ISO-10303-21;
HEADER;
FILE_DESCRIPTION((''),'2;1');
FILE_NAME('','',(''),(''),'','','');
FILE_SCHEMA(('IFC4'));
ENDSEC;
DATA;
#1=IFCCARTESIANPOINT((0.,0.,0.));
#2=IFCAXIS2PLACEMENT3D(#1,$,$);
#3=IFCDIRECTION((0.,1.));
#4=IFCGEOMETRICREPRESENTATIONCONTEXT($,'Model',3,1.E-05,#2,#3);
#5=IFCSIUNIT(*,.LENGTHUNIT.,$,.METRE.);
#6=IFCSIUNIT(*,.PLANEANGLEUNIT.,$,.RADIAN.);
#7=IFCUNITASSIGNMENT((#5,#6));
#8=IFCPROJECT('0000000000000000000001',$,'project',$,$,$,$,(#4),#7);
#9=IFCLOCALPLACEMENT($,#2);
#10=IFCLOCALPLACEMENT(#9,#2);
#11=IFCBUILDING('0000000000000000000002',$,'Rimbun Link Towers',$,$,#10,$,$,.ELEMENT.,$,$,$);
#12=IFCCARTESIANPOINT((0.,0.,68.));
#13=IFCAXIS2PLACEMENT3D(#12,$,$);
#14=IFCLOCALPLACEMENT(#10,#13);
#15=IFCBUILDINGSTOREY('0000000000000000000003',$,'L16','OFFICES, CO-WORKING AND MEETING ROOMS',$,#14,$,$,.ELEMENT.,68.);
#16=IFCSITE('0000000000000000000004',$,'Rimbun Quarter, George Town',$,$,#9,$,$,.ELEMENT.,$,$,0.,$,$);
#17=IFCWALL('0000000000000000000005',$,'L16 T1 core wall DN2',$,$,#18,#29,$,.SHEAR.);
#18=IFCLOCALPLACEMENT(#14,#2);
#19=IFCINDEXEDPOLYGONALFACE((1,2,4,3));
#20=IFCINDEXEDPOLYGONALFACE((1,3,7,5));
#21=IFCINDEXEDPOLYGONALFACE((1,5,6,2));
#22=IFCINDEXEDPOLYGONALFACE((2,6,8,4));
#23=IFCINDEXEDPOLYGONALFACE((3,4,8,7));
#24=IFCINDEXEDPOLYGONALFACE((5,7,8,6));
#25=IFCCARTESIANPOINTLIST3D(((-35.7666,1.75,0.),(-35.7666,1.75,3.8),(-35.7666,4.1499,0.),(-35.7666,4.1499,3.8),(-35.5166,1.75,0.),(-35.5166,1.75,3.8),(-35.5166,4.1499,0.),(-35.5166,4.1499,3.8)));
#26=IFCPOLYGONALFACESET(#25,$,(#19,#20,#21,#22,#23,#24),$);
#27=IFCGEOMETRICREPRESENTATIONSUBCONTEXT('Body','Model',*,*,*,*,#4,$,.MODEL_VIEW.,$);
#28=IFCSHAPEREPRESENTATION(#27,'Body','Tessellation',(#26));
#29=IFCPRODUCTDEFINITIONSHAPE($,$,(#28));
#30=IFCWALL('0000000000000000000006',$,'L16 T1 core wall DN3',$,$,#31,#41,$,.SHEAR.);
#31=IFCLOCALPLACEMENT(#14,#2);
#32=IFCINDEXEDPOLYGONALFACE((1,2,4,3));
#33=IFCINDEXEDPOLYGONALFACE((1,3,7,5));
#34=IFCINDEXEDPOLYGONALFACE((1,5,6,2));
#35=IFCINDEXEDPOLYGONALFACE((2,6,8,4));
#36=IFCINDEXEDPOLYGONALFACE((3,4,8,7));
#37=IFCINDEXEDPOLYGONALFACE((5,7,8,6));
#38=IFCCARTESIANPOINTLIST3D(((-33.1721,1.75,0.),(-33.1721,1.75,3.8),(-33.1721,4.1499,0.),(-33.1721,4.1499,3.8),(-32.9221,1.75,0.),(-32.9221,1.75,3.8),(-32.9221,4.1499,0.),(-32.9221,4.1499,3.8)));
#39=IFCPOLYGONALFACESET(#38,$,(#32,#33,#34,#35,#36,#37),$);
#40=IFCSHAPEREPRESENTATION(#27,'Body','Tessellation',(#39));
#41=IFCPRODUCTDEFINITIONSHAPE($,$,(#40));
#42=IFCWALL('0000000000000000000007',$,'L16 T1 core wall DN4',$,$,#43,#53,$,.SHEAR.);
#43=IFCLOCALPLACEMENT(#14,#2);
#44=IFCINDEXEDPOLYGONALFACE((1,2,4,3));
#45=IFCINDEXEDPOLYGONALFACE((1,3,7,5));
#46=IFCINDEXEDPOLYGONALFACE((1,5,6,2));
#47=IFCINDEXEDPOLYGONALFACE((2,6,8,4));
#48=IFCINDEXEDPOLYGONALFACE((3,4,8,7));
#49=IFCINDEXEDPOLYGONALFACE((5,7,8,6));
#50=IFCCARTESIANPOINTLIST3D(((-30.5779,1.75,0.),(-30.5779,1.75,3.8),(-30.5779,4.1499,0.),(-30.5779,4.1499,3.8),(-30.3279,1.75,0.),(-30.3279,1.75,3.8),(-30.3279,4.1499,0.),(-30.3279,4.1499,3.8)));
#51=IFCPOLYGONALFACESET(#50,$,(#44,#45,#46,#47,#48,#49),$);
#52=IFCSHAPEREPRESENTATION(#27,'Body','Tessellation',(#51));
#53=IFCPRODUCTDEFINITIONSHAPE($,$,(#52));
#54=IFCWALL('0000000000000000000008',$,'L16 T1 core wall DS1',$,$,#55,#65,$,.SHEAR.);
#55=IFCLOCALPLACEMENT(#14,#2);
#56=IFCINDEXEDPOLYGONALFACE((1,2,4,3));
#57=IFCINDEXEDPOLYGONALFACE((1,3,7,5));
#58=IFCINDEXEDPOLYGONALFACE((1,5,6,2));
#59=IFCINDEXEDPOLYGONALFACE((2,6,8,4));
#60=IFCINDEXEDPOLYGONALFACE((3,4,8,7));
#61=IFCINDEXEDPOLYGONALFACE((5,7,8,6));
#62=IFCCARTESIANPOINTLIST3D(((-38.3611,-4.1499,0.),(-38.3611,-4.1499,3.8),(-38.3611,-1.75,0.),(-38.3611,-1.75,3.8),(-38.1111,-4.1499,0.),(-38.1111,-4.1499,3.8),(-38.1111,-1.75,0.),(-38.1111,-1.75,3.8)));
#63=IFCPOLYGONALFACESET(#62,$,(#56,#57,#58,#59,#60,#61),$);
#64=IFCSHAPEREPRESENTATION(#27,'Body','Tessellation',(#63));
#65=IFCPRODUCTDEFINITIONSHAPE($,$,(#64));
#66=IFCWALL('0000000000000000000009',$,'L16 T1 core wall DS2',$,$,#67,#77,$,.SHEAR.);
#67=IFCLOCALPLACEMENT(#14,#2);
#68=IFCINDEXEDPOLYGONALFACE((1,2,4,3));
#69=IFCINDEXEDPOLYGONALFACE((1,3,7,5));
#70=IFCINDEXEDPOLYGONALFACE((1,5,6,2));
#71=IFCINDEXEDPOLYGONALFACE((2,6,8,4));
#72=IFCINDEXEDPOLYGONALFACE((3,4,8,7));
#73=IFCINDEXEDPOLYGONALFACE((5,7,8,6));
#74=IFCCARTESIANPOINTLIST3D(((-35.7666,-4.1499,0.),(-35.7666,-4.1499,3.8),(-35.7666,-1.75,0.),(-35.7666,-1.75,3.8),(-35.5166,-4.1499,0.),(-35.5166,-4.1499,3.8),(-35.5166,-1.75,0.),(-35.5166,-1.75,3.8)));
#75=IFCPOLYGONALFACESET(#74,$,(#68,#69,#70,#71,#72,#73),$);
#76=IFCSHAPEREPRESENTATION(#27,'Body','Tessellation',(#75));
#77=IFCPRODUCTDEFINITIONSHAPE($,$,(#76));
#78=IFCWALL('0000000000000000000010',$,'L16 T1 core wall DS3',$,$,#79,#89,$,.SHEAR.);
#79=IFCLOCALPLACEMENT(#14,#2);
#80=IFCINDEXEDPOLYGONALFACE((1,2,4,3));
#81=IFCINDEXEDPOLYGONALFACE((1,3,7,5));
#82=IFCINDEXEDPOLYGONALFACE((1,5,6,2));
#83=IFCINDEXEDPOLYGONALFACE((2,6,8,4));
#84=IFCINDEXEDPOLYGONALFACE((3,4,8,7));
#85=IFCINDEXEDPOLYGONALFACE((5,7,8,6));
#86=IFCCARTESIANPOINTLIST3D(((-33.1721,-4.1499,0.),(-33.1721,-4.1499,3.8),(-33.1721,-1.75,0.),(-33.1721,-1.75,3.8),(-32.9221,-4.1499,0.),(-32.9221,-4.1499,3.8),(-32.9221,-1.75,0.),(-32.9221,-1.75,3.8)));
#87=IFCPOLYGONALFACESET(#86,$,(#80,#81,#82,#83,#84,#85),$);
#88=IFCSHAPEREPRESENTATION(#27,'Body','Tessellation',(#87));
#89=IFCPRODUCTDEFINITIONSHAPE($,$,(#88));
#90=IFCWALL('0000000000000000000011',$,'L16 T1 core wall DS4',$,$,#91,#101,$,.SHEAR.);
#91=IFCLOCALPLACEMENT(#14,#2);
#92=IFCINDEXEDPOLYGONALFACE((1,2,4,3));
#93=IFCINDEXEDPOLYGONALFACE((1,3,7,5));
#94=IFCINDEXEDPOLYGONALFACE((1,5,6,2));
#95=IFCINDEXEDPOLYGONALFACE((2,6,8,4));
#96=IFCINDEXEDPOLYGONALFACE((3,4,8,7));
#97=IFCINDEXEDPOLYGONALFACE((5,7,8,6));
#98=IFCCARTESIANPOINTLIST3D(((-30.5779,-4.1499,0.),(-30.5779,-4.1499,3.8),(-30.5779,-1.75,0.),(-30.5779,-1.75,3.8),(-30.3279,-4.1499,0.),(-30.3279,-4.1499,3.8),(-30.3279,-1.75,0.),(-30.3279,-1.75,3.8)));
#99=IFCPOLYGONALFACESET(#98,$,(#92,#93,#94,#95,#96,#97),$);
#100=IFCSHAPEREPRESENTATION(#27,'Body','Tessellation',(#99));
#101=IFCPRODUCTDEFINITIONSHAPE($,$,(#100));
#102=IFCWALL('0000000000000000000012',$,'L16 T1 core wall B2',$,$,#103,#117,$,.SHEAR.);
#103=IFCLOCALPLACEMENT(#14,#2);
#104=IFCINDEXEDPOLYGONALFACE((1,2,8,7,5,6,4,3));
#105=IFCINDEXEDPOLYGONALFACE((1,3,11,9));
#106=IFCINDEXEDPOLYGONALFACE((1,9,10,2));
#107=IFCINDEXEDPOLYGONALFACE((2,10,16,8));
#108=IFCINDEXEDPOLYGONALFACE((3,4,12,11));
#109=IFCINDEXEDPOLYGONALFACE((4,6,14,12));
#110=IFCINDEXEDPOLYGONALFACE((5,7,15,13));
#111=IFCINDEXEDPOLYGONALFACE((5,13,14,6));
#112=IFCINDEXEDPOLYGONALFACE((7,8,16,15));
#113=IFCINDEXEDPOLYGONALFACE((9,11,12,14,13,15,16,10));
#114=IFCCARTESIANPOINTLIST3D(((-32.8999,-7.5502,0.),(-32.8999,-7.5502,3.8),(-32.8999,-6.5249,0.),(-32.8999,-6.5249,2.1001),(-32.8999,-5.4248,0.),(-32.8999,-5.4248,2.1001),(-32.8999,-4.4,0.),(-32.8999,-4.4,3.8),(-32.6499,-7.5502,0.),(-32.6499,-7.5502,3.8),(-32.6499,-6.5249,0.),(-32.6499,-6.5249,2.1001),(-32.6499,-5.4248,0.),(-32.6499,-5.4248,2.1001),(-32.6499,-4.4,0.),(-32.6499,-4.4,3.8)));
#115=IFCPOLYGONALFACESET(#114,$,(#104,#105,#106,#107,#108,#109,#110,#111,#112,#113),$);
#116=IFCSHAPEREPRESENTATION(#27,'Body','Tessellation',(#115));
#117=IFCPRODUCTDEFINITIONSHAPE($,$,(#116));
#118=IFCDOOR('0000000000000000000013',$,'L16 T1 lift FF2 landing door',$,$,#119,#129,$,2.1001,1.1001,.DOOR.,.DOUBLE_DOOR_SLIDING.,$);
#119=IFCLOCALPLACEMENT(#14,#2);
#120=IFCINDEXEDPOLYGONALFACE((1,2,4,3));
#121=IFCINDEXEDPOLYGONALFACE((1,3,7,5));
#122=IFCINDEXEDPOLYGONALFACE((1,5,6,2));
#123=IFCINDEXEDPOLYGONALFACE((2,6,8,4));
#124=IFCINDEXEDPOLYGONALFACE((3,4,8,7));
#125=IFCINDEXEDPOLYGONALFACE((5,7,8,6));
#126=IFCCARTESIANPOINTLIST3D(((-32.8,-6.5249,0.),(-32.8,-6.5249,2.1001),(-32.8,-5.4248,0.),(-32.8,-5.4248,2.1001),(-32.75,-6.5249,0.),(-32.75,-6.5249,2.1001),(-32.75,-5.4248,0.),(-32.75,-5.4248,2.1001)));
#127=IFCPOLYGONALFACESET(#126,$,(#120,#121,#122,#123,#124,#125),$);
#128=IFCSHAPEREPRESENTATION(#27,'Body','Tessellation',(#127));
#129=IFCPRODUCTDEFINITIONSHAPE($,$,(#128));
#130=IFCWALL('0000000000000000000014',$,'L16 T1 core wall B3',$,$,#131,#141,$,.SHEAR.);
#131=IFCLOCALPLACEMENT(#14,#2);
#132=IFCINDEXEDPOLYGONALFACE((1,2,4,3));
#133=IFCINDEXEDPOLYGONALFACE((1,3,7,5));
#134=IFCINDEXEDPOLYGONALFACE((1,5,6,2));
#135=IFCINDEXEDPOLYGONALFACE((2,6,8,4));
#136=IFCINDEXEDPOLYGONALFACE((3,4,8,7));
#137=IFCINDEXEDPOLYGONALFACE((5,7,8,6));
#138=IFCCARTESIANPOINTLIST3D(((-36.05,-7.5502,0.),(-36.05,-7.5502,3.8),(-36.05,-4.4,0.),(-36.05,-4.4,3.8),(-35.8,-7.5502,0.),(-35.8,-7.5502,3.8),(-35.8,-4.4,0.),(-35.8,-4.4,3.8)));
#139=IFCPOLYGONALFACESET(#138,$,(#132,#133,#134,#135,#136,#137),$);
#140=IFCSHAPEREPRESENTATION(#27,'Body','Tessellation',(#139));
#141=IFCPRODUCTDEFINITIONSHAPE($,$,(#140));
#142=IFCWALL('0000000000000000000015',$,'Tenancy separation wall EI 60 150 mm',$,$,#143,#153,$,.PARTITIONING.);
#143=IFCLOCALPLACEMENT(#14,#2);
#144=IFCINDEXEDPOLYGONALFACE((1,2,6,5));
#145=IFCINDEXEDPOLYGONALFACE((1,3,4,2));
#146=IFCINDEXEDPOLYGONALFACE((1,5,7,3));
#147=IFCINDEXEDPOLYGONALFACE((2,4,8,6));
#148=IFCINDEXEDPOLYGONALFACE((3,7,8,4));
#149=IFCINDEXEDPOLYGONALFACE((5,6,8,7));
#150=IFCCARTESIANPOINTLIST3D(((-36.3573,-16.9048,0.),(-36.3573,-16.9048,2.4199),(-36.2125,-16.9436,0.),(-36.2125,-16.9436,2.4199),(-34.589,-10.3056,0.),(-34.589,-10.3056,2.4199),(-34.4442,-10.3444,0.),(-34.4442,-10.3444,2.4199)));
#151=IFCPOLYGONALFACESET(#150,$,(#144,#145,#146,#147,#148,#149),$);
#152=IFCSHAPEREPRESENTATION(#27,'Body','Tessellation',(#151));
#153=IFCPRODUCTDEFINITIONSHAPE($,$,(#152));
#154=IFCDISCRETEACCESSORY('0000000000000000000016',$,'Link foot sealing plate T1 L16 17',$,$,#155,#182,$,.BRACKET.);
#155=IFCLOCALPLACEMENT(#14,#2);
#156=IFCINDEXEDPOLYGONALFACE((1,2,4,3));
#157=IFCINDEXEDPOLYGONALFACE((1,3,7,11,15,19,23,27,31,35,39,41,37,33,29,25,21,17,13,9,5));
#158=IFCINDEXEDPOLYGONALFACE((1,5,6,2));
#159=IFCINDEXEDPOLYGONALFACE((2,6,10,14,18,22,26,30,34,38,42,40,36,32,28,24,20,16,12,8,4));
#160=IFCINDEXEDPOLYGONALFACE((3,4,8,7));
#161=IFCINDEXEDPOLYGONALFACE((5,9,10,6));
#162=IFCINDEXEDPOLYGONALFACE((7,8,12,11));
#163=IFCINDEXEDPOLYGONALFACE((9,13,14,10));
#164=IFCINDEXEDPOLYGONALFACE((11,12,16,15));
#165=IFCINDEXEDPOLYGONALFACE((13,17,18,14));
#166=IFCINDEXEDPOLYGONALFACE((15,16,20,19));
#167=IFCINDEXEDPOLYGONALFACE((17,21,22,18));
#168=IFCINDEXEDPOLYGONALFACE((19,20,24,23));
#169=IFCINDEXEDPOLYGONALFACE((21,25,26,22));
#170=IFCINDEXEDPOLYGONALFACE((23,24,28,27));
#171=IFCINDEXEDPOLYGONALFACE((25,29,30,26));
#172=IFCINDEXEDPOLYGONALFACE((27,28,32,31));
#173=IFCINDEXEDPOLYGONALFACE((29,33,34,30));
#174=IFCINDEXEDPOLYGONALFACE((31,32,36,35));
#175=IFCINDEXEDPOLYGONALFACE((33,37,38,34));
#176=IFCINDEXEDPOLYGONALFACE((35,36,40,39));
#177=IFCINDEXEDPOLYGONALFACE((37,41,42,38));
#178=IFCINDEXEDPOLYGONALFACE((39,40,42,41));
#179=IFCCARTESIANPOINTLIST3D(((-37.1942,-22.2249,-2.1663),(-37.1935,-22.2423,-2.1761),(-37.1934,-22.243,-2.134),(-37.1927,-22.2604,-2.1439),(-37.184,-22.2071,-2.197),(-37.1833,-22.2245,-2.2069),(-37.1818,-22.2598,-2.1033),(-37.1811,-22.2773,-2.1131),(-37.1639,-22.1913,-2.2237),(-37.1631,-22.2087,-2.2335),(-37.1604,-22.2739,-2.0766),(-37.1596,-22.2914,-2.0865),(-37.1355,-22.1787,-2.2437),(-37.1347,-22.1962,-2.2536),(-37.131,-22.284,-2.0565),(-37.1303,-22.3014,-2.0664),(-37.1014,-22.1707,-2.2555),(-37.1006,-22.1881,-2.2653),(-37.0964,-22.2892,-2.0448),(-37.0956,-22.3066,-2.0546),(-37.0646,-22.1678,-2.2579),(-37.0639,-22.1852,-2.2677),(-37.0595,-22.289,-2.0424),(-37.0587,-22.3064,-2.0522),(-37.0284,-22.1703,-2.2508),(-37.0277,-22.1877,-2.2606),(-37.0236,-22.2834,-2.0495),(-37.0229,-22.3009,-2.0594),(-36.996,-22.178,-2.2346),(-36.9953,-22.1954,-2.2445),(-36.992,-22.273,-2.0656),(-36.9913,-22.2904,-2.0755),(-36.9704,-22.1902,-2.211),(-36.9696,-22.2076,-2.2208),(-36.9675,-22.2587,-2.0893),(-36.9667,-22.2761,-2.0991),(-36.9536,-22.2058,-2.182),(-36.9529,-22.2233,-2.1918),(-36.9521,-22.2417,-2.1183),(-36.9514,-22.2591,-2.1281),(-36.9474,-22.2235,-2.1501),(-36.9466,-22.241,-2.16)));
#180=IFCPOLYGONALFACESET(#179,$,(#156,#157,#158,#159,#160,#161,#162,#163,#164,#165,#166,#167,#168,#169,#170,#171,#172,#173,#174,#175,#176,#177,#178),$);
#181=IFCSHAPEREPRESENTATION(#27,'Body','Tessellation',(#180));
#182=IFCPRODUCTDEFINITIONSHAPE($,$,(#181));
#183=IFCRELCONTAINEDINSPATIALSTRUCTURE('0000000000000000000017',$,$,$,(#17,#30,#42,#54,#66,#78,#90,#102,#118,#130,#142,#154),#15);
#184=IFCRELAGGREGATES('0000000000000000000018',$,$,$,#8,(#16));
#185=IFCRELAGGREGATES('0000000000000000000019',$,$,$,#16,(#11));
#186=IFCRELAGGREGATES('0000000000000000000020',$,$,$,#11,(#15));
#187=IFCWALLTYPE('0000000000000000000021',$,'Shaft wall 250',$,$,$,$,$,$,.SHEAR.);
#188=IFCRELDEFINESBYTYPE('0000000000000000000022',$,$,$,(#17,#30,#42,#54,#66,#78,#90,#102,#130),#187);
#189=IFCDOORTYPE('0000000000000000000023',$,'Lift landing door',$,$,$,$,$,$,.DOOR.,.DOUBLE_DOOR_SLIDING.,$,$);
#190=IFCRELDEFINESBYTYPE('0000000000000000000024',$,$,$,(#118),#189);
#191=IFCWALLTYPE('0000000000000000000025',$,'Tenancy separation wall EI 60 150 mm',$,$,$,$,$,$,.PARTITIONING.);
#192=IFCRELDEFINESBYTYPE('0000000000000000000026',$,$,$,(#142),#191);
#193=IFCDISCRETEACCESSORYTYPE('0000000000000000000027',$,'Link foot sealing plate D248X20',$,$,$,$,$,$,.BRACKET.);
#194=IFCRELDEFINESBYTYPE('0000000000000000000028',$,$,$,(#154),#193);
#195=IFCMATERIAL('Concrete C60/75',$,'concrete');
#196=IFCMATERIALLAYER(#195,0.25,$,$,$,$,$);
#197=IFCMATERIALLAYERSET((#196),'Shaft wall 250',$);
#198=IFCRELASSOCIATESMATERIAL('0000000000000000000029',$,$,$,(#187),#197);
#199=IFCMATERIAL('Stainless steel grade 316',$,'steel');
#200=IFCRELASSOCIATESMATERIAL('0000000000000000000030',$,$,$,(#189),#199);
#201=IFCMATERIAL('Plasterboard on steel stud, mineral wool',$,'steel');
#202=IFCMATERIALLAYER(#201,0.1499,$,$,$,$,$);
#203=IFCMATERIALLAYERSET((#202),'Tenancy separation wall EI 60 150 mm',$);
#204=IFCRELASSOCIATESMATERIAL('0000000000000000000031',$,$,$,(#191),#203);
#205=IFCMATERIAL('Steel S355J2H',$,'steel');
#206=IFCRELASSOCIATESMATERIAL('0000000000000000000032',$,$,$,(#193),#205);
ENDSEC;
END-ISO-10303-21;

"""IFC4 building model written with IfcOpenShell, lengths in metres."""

from ifc_helpers import new_model, si_unit, direction, frame, frame_2d, origin, origin_2d, place, context, subcontext, project, spatial, rectangle, circle, extrude, material, layer, layer_set, material_profile, profile_set, type_object, element, fill, save


model = new_model("IFC4")

# Units and contexts
model_context = context("Model", 3, precision=1e-05, world=origin(), true_north=direction((0.0, 1.0)))
body_context = subcontext(model_context, "Body", "Model", "MODEL_VIEW")
ifc_project = project(units=[si_unit("LENGTHUNIT", "METRE"), si_unit("PLANEANGLEUNIT", "RADIAN")], contexts=[model_context])

# Site, building, storey
site_placement = place(None, origin())
site = spatial("IfcSite", under=ifc_project, at=site_placement, Name="Rimbun Quarter, George Town", CompositionType="ELEMENT", RefElevation=0.0)
building_placement = place(site_placement, origin())
building = spatial("IfcBuilding", under=site, at=building_placement, Name="Rimbun Link Towers", CompositionType="ELEMENT")
storey_placement = place(building_placement, frame((0.0, 0.0, 68.0)))
storey = spatial("IfcBuildingStorey", under=building, at=storey_placement, Name="L16", Description="OFFICES, CO-WORKING AND MEETING ROOMS", CompositionType="ELEMENT", Elevation=68.0)

# Walls
ifc_material_1 = material(Name="Concrete C60/75", Category="concrete")
ifc_layer_1 = layer(ifc_material_1, 0.25)
ifc_layer_set_1 = layer_set([ifc_layer_1], Name="Shaft wall 250")
wall_type_1 = type_object("IfcWallType", Name="Shaft wall 250", PredefinedType="SHEAR", material=ifc_layer_set_1)
for number, where, z_axis, x_axis, name in (
    (1, (-35.6416, 1.75, 0.0), (0.0, 0.0, 1.0), (0.0, 1.0, 0.0), "L16 T1 core wall DN2"),
    (2, (-33.0471, 1.75, 0.0), (0.0, 0.0, 1.0), (0.0, 1.0, 0.0), "L16 T1 core wall DN3"),
    (3, (-30.4529, 1.75, 0.0), (0.0, 0.0, 1.0), (0.0, 1.0, 0.0), "L16 T1 core wall DN4"),
    (4, (-38.2361, -4.1499, 0.0), (0.0, 0.0, 1.0), (0.0, 1.0, 0.0), "L16 T1 core wall DS1"),
    (5, (-35.6416, -4.1499, 0.0), (0.0, 0.0, 1.0), (0.0, 1.0, 0.0), "L16 T1 core wall DS2"),
    (6, (-33.0471, -4.1499, 0.0), (0.0, 0.0, 1.0), (0.0, 1.0, 0.0), "L16 T1 core wall DS3"),
    (7, (-30.4529, -4.1499, 0.0), (0.0, 0.0, 1.0), (0.0, 1.0, 0.0), "L16 T1 core wall DS4"),
):
    element("IfcWall", number, at=place(storey_placement, frame(where, z_axis=z_axis, x_axis=x_axis)), inside=storey, type_object=wall_type_1, Name=name, PredefinedType="SHEAR", context=body_context, shape_type="SweptSolid", body=[
        extrude(rectangle(XDim=2.3999, YDim=0.25, at=frame_2d((1.2, 0.0))), origin(), (0.0, 0.0, 1.0), 3.8),
    ])

# Wall, opening, door
wall_1_placement = place(storey_placement, frame((-32.7749, -4.3999, 0.0), z_axis=(0.0, 0.0, 1.0), x_axis=(0.0, -1.0, 0.0)))
wall_1 = element("IfcWall", 8, at=wall_1_placement, inside=storey, type_object=wall_type_1, Name="L16 T1 core wall B2", PredefinedType="SHEAR", context=body_context, shape_type="SweptSolid", body=[
    extrude(rectangle(XDim=3.1501, YDim=0.25, at=frame_2d((1.5752, 0.0))), origin(), (0.0, 0.0, 1.0), 3.8),
])
opening_1_placement = place(wall_1_placement, frame((1.0249, 0.0, 0.0)))
opening_1 = element("IfcOpeningElement", 9, at=opening_1_placement, cuts=wall_1, PredefinedType="OPENING", context=body_context, shape_type="SweptSolid", body=[
    extrude(rectangle(XDim=1.1001, YDim=2.1001, at=frame_2d((0.55, 1.05))), frame((0.0, 0.135, 0.0), z_axis=(0.0, -1.0, 0.0), x_axis=(1.0, 0.0, 0.0)), (0.0, 0.0, 1.0), 0.27),
])
ifc_material_2 = material(Name="Stainless steel grade 316", Category="steel")
door_type = type_object("IfcDoorType", Name="Lift landing door", OperationType="DOUBLE_DOOR_SLIDING", PredefinedType="DOOR", material=ifc_material_2)
door_placement = place(opening_1_placement, origin())
door = element("IfcDoor", 10, at=door_placement, inside=storey, type_object=door_type, Name="L16 T1 lift FF2 landing door", OperationType="DOUBLE_DOOR_SLIDING", OverallHeight=2.1001, OverallWidth=1.1001, PredefinedType="DOOR", context=body_context, shape_type="SweptSolid", body=[
    extrude(rectangle(XDim=1.1001, YDim=2.1001, at=frame_2d((0.55, 1.05))), frame((0.0, 0.0249, 0.0), z_axis=(0.0, -1.0, 0.0), x_axis=(1.0, 0.0, 0.0)), (0.0, 0.0, 1.0), 0.05),
])
fill(opening_1, door)

# Walls
wall_2_placement = place(storey_placement, frame((-35.925, -4.3999, 0.0), z_axis=(0.0, 0.0, 1.0), x_axis=(0.0, -1.0, 0.0)))
element("IfcWall", 11, at=wall_2_placement, inside=storey, type_object=wall_type_1, Name="L16 T1 core wall B3", PredefinedType="SHEAR", context=body_context, shape_type="SweptSolid", body=[
    extrude(rectangle(XDim=3.1501, YDim=0.25, at=frame_2d((1.5752, 0.0))), origin(), (0.0, 0.0, 1.0), 3.8),
])
ifc_material_3 = material(Name="Plasterboard on steel stud, mineral wool", Category="steel")
ifc_layer_2 = layer(ifc_material_3, 0.1499)
ifc_layer_set_2 = layer_set([ifc_layer_2], Name="Tenancy separation wall EI 60 150 mm")
wall_type_2 = type_object("IfcWallType", Name="Tenancy separation wall EI 60 150 mm", PredefinedType="PARTITIONING", material=ifc_layer_set_2)
wall_3_placement = place(storey_placement, frame((-34.5166, -10.325, 0.0), z_axis=(0.0, 0.0, 1.0), x_axis=(-0.25883, -0.965923, 0.0)))
element("IfcWall", 12, at=wall_3_placement, inside=storey, type_object=wall_type_2, Name="Tenancy separation wall EI 60 150 mm", PredefinedType="PARTITIONING", context=body_context, shape_type="SweptSolid", body=[
    extrude(rectangle(XDim=6.832, YDim=0.1499, at=frame_2d((3.416, 0.0))), origin(), (0.0, 0.0, 1.0), 2.4199),
])

# Discrete accessory
ifc_material_4 = material(Name="Steel S355J2H", Category="steel")
ifc_material_profile_1 = material_profile(ifc_material_4, circle(Radius=0.124, at=origin_2d()), Name="PL D248")
ifc_profile_set_1 = profile_set([ifc_material_profile_1], Name="Steel S355J2H")
discrete_accessory_type = type_object("IfcDiscreteAccessoryType", Name="Link foot sealing plate D248X20", PredefinedType="BRACKET", material=ifc_profile_set_1)
discrete_accessory_placement = place(storey_placement, frame((-37.0713, -22.2288, -2.1501), z_axis=(0.036788, -0.870658, -0.490511), x_axis=(0.999109, 0.042216, 0.0)))
element("IfcDiscreteAccessory", 13, at=discrete_accessory_placement, inside=storey, type_object=discrete_accessory_type, Name="Link foot sealing plate T1 L16 17", PredefinedType="BRACKET", context=body_context, shape_type="SweptSolid", body=[
    extrude(circle(Radius=0.124, at=origin_2d()), origin(), (0.0, 0.0, 1.0), 0.02),
])

save(model, "model.ifc")
